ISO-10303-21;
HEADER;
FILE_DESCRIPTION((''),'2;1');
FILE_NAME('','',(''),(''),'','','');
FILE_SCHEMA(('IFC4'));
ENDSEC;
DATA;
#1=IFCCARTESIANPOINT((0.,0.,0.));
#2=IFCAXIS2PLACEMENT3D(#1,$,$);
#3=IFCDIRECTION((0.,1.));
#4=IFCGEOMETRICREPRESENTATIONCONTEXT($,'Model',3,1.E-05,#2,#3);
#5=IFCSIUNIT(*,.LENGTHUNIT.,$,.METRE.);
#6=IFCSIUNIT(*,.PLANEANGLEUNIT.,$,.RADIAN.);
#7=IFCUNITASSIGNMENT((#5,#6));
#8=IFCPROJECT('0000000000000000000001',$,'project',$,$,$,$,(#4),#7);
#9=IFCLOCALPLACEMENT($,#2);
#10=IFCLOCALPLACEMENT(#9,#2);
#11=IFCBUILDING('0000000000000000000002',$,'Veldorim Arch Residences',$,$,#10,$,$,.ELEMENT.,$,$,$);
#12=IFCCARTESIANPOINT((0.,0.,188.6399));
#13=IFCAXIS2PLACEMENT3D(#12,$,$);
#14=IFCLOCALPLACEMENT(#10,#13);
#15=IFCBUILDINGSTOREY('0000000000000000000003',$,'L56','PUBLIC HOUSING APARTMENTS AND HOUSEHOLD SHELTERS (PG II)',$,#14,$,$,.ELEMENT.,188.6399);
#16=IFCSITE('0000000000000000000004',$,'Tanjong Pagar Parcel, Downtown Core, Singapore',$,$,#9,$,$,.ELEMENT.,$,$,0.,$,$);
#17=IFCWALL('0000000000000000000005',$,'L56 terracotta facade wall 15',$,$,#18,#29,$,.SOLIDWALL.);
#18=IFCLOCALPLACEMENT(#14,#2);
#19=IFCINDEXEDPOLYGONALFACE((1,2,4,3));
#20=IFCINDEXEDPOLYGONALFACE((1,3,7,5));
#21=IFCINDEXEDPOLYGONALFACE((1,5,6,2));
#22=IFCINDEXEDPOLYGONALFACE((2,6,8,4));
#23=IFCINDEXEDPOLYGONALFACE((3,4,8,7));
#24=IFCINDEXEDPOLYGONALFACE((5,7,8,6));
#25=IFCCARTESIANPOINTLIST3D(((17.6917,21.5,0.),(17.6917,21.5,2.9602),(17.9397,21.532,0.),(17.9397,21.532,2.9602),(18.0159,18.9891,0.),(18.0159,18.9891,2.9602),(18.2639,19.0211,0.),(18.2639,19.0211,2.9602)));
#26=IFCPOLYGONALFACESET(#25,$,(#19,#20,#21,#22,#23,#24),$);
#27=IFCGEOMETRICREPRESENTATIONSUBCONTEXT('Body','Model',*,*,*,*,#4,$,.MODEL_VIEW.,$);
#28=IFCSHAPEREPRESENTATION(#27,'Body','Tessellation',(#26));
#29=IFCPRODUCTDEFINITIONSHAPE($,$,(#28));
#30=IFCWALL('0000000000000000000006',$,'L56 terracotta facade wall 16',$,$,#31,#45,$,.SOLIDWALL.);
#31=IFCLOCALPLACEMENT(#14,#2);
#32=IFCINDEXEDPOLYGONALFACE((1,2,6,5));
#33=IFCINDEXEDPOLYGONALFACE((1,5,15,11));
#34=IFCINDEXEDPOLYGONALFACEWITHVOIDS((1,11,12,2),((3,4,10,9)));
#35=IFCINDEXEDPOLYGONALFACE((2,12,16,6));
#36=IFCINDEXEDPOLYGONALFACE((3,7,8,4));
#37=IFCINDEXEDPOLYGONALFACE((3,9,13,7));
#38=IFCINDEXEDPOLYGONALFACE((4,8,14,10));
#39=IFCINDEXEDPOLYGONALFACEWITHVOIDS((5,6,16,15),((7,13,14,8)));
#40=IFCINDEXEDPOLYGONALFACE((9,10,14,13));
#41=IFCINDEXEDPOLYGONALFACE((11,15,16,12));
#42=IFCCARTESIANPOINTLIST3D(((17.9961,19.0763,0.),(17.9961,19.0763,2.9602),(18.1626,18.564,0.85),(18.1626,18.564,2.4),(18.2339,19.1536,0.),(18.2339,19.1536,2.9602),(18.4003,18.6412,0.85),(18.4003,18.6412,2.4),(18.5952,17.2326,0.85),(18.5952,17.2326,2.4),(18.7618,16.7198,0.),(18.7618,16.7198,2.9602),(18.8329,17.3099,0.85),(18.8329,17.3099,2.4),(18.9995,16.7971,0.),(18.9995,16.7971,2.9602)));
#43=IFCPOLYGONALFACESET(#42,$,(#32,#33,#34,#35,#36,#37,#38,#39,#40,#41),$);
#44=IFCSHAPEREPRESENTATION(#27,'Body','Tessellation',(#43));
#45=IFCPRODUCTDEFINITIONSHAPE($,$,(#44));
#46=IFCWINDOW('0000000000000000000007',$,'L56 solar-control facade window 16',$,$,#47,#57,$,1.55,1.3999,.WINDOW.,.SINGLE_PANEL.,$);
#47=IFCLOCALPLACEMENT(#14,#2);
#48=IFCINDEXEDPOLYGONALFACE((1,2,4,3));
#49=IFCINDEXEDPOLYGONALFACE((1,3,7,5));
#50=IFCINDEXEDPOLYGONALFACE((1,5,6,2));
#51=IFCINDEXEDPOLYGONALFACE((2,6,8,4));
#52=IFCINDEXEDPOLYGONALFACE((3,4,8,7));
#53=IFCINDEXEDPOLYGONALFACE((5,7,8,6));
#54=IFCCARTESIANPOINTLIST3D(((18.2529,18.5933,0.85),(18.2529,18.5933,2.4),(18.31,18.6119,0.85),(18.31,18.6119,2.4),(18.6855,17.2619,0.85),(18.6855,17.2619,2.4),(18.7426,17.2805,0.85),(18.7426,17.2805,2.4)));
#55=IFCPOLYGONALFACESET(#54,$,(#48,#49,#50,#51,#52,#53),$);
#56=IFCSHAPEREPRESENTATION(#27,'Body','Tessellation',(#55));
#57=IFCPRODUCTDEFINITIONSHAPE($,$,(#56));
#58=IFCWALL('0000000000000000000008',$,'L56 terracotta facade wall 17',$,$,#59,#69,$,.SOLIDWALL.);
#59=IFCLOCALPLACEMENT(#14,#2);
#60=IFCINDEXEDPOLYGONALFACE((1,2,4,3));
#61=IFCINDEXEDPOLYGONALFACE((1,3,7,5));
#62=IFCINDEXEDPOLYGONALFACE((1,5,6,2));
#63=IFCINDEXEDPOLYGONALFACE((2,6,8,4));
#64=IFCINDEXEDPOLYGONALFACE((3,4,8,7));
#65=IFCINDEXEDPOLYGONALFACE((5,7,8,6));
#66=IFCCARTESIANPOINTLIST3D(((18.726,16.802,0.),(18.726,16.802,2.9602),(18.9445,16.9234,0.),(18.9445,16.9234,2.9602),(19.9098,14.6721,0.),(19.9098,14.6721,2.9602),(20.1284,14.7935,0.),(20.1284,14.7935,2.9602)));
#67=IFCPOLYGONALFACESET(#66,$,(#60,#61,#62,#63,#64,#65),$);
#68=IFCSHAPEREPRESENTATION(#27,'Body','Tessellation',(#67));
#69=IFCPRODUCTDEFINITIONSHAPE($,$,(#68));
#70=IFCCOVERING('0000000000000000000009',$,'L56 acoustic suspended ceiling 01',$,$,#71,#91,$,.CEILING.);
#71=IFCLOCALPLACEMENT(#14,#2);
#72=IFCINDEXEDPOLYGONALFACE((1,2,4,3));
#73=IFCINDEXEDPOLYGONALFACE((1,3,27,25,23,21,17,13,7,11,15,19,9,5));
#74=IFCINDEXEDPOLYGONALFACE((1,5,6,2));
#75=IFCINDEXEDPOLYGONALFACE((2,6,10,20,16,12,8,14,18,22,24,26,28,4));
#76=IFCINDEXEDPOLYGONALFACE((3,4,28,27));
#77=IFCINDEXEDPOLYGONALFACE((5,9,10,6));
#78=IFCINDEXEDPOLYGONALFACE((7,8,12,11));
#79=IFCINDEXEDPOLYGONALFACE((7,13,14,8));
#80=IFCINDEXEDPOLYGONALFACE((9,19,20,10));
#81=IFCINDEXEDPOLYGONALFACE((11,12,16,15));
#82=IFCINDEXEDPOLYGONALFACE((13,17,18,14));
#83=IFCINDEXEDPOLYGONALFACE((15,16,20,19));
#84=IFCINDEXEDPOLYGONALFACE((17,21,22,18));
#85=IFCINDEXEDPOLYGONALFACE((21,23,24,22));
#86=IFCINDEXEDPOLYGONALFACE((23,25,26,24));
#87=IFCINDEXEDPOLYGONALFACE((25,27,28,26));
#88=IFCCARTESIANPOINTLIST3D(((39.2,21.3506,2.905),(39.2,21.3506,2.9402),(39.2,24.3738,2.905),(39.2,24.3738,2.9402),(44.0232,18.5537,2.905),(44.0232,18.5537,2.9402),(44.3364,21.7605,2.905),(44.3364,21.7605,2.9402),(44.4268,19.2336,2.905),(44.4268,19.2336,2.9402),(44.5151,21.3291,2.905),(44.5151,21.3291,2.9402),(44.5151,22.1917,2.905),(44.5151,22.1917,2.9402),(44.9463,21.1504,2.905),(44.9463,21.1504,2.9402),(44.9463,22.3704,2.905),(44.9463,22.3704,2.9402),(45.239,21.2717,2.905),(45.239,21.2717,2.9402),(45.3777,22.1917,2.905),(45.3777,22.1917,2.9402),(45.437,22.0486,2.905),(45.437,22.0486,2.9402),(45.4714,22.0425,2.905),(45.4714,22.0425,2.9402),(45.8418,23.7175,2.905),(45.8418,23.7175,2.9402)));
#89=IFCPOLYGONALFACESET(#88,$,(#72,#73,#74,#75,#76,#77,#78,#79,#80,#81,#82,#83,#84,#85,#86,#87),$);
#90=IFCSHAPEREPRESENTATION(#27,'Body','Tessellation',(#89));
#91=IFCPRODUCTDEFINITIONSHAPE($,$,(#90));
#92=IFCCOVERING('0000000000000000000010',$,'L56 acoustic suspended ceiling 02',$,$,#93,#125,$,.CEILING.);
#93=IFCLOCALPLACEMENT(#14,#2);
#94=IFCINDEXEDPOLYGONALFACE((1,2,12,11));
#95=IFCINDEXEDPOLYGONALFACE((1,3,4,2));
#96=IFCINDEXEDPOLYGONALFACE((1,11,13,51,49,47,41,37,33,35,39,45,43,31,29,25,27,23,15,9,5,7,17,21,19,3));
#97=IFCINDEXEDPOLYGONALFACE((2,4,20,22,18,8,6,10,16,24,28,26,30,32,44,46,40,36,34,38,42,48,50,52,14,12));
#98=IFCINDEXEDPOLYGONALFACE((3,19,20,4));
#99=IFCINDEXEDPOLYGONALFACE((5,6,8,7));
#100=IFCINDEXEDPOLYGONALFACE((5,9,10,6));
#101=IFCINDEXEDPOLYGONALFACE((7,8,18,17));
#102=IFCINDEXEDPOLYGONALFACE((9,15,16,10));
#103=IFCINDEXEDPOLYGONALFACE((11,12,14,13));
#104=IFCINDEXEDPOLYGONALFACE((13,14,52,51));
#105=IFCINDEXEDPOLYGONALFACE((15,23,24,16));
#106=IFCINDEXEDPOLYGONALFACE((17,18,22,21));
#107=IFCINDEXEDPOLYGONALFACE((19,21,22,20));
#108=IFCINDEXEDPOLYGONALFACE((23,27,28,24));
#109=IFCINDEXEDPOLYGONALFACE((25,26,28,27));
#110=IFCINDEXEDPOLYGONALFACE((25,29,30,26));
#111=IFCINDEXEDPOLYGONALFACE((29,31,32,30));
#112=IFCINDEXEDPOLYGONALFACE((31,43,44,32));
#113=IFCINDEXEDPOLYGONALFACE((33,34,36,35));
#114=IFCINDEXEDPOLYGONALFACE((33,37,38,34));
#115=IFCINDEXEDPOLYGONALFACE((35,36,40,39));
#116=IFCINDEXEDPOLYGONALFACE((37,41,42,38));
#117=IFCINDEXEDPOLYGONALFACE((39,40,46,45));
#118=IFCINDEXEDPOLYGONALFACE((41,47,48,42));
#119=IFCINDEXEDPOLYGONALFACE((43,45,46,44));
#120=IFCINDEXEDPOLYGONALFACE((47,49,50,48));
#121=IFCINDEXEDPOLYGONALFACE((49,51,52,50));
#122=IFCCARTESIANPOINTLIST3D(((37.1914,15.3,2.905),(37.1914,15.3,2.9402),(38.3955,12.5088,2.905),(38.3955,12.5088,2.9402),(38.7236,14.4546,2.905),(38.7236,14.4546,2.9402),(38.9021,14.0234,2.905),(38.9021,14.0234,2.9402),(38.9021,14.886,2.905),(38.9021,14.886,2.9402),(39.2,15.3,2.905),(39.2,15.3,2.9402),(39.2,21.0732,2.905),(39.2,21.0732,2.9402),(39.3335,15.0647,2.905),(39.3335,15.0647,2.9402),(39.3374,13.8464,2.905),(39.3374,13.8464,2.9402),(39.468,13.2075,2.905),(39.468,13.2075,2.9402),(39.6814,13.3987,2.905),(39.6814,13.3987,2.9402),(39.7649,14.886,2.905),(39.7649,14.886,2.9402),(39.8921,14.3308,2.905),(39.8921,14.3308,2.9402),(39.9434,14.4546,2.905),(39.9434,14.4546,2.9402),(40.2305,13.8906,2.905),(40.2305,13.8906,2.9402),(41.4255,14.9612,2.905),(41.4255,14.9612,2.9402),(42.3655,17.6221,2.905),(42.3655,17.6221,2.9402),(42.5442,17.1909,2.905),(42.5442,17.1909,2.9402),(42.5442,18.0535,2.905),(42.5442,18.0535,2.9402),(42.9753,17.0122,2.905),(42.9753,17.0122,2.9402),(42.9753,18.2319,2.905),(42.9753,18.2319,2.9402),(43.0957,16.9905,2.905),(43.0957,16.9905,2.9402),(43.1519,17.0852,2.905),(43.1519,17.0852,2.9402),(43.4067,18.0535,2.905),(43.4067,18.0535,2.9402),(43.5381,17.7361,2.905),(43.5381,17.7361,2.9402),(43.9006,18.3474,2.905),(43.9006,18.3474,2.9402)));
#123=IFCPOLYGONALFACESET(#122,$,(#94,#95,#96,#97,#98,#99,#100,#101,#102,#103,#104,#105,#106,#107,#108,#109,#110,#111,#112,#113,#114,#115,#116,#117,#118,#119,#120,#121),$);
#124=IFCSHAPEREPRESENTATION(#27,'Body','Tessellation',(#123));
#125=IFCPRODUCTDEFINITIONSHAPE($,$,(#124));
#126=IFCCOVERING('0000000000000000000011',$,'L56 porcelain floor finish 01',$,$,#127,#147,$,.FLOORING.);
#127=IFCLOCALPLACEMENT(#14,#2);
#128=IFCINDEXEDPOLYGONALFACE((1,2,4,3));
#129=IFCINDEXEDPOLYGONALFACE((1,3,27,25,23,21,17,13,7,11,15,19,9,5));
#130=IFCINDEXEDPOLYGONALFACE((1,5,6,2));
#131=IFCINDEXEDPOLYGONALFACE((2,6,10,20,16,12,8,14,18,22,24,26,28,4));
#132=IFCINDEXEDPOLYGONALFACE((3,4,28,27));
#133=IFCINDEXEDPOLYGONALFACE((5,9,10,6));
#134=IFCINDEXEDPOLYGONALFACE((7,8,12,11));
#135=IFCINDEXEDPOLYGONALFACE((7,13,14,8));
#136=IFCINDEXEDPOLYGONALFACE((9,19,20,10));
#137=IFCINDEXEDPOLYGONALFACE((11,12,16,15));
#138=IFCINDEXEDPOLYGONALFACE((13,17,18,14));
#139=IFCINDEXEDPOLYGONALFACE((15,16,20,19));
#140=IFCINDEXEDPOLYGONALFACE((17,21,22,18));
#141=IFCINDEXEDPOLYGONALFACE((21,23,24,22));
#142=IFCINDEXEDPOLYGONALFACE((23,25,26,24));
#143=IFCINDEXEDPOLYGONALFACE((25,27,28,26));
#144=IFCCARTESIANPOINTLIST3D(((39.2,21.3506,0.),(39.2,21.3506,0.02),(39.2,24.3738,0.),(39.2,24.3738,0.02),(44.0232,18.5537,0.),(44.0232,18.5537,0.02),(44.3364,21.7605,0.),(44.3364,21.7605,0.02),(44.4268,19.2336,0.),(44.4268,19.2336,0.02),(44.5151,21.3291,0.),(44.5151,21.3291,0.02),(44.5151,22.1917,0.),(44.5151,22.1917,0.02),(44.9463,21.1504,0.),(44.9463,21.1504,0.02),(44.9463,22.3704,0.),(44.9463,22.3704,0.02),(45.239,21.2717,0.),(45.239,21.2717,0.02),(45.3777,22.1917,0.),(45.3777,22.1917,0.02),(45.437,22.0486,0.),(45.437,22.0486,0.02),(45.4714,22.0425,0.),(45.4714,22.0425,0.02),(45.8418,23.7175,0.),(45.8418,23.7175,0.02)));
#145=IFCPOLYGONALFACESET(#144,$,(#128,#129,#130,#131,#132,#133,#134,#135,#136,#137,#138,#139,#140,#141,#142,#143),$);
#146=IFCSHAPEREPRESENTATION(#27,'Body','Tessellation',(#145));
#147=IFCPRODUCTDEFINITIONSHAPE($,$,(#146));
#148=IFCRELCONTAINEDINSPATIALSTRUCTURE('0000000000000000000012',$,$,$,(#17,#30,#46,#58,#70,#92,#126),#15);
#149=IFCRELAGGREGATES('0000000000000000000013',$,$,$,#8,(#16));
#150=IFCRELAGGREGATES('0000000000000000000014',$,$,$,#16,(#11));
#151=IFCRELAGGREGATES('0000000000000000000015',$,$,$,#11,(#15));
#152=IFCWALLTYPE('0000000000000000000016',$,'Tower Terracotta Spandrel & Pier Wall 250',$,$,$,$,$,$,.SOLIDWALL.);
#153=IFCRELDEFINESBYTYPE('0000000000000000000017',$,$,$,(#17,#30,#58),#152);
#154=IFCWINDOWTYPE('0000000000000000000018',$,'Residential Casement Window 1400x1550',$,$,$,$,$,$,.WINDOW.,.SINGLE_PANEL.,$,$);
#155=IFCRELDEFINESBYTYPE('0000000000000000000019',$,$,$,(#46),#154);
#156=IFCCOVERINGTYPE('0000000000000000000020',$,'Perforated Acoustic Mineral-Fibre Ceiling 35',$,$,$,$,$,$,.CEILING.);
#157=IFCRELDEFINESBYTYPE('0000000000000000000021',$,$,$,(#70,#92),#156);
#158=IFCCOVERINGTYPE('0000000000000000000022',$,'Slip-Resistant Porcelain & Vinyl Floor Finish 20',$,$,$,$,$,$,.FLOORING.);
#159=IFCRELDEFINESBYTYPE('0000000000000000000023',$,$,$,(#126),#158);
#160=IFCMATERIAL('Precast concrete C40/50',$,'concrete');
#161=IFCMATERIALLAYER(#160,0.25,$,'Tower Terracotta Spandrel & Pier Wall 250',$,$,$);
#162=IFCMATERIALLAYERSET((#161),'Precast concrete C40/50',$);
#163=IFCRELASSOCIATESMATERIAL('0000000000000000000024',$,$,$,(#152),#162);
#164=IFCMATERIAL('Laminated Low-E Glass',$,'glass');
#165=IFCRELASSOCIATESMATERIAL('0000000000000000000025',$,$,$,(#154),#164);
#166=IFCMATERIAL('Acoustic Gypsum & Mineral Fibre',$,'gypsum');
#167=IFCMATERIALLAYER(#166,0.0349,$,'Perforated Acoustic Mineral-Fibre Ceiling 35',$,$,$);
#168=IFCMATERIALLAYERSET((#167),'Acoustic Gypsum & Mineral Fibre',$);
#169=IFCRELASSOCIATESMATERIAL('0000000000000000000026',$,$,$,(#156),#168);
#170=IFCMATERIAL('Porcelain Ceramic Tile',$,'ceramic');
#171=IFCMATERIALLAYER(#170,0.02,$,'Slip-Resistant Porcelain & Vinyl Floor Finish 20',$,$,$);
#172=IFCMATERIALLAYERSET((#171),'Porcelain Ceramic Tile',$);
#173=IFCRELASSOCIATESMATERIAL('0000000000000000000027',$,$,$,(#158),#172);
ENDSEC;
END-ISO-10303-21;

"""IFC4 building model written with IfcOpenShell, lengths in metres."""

from ifc_helpers import new_model, si_unit, direction, frame, frame_2d, origin, place, context, subcontext, project, spatial, polyline, rectangle, outline, extrude, material, layer, layer_set, type_object, element, fill, save


model = new_model("IFC4")

# Units and contexts
model_context = context("Model", 3, precision=1e-05, world=origin(), true_north=direction((0.0, 1.0)))
body_context = subcontext(model_context, "Body", "Model", "MODEL_VIEW")
ifc_project = project(units=[si_unit("LENGTHUNIT", "METRE"), si_unit("PLANEANGLEUNIT", "RADIAN")], contexts=[model_context])

# Site, building, storey
site_placement = place(None, origin())
site = spatial("IfcSite", under=ifc_project, at=site_placement, Name="Tanjong Pagar Parcel, Downtown Core, Singapore", CompositionType="ELEMENT", RefElevation=0.0)
building_placement = place(site_placement, origin())
building = spatial("IfcBuilding", under=site, at=building_placement, Name="Veldorim Arch Residences", CompositionType="ELEMENT")
storey_placement = place(building_placement, frame((0.0, 0.0, 188.6399)))
storey = spatial("IfcBuildingStorey", under=building, at=storey_placement, Name="L56", Description="PUBLIC HOUSING APARTMENTS AND HOUSEHOLD SHELTERS (PG II)", CompositionType="ELEMENT", Elevation=188.6399)

# Wall
ifc_material_1 = material(Name="Precast concrete C40/50", Category="concrete")
ifc_layer_1 = layer(ifc_material_1, 0.25, Name="Tower Terracotta Spandrel & Pier Wall 250")
ifc_layer_set_1 = layer_set([ifc_layer_1], Name="Precast concrete C40/50")
wall_type_1 = type_object("IfcWallType", Name="Tower Terracotta Spandrel & Pier Wall 250", PredefinedType="SOLIDWALL", material=ifc_layer_set_1)
wall_1_placement = place(storey_placement, frame((18.1399, 19.0051, 0.0), z_axis=(0.0, 0.0, 1.0), x_axis=(-0.128057, 0.991767, 0.0)))
element("IfcWall", 1, at=wall_1_placement, inside=storey, type_object=wall_type_1, Name="L56 terracotta facade wall 15", PredefinedType="SOLIDWALL", context=body_context, shape_type="SweptSolid", body=[
    extrude(rectangle(XDim=2.5317, YDim=0.25, at=frame_2d((1.2659, 0.0))), origin(), (0.0, 0.0, 1.0), 2.9602),
])

# Wall, opening, window
wall_2_placement = place(storey_placement, frame((18.8806, 16.7585, 0.0), z_axis=(0.0, 0.0, 1.0), x_axis=(-0.309006, 0.95106, 0.0)))
wall_2 = element("IfcWall", 2, at=wall_2_placement, inside=storey, type_object=wall_type_1, Name="L56 terracotta facade wall 16", PredefinedType="SOLIDWALL", context=body_context, shape_type="SweptSolid", body=[
    extrude(rectangle(XDim=2.4778, YDim=0.25, at=frame_2d((1.2388, 0.0))), origin(), (0.0, 0.0, 1.0), 2.9602),
])
opening_1_placement = place(wall_2_placement, frame((0.5391, 0.0, 0.8501)))
opening_1 = element("IfcOpeningElement", 3, at=opening_1_placement, cuts=wall_2, PredefinedType="OPENING", context=body_context, shape_type="SweptSolid", body=[
    extrude(rectangle(XDim=1.3999, YDim=1.55, at=frame_2d((0.7, 0.7749))), frame((0.0, 0.135, 0.0), z_axis=(0.0, -1.0, 0.0), x_axis=(1.0, 0.0, 0.0)), (0.0, 0.0, 1.0), 0.27),
])
ifc_material_2 = material(Name="Laminated Low-E Glass", Category="glass")
window_type = type_object("IfcWindowType", Name="Residential Casement Window 1400x1550", PartitioningType="SINGLE_PANEL", PredefinedType="WINDOW", material=ifc_material_2)
window_placement = place(opening_1_placement, origin())
window = element("IfcWindow", 4, at=window_placement, inside=storey, type_object=window_type, Name="L56 solar-control facade window 16", OverallHeight=1.55, OverallWidth=1.3999, PartitioningType="SINGLE_PANEL", PredefinedType="WINDOW", context=body_context, shape_type="SweptSolid", body=[
    extrude(rectangle(XDim=1.3999, YDim=1.55, at=frame_2d((0.7, 0.7749))), frame((0.0, 0.03, 0.0), z_axis=(0.0, -1.0, 0.0), x_axis=(1.0, 0.0, 0.0)), (0.0, 0.0, 1.0), 0.0601),
])
fill(opening_1, window)

# Wall
wall_3_placement = place(storey_placement, frame((20.019, 14.7329, 0.0), z_axis=(0.0, 0.0, 1.0), x_axis=(-0.485822, 0.874058, 0.0)))
element("IfcWall", 5, at=wall_3_placement, inside=storey, type_object=wall_type_1, Name="L56 terracotta facade wall 17", PredefinedType="SOLIDWALL", context=body_context, shape_type="SweptSolid", body=[
    extrude(rectangle(XDim=2.4368, YDim=0.25, at=frame_2d((1.2183, 0.0))), origin(), (0.0, 0.0, 1.0), 2.9602),
])

# Coverings
ifc_material_3 = material(Name="Acoustic Gypsum & Mineral Fibre", Category="gypsum")
ifc_layer_2 = layer(ifc_material_3, 0.0349, Name="Perforated Acoustic Mineral-Fibre Ceiling 35")
ifc_layer_set_2 = layer_set([ifc_layer_2], Name="Acoustic Gypsum & Mineral Fibre")
covering_type_1 = type_object("IfcCoveringType", Name="Perforated Acoustic Mineral-Fibre Ceiling 35", PredefinedType="CEILING", material=ifc_layer_set_2)
covering_1_placement = place(storey_placement, frame((0.0, 0.0, 2.905)))
element("IfcCovering", 6, at=covering_1_placement, inside=storey, type_object=covering_type_1, Name="L56 acoustic suspended ceiling 01", PredefinedType="CEILING", context=body_context, shape_type="SweptSolid", body=[
    extrude(outline(polyline([(44.4268, 19.2336), (44.0232, 18.5537), (39.2, 21.3506), (39.2, 24.3738), (45.8418, 23.7175), (45.4714, 22.0425), (45.437, 22.0486), (45.3777, 22.1917), (44.9463, 22.3704), (44.5151, 22.1917), (44.3364, 21.7605), (44.5151, 21.3291), (44.9463, 21.1504), (45.239, 21.2717), (44.4268, 19.2336)])), origin(), (0.0, 0.0, 1.0), 0.0352),
])
covering_2_placement = place(storey_placement, frame((0.0, 0.0, 2.905)))
element("IfcCovering", 7, at=covering_2_placement, inside=storey, type_object=covering_type_1, Name="L56 acoustic suspended ceiling 02", PredefinedType="CEILING", context=body_context, shape_type="SweptSolid", body=[
    extrude(outline(polyline([(39.6814, 13.3987), (39.468, 13.2075), (38.3955, 12.5088), (37.1914, 15.3), (39.2, 15.3), (39.2, 21.0732), (43.9006, 18.3474), (43.5381, 17.7361), (43.4067, 18.0535), (42.9753, 18.2319), (42.5442, 18.0535), (42.3655, 17.6221), (42.5442, 17.1909), (42.9753, 17.0122), (43.1519, 17.0852), (43.0957, 16.9905), (41.4255, 14.9612), (40.2305, 13.8906), (39.8921, 14.3308), (39.9434, 14.4546), (39.7649, 14.886), (39.3335, 15.0647), (38.9021, 14.886), (38.7236, 14.4546), (38.9021, 14.0234), (39.3374, 13.8464), (39.6814, 13.3987)])), origin(), (0.0, 0.0, 1.0), 0.0352),
])
ifc_material_4 = material(Name="Porcelain Ceramic Tile", Category="ceramic")
ifc_layer_3 = layer(ifc_material_4, 0.02, Name="Slip-Resistant Porcelain & Vinyl Floor Finish 20")
ifc_layer_set_3 = layer_set([ifc_layer_3], Name="Porcelain Ceramic Tile")
covering_type_2 = type_object("IfcCoveringType", Name="Slip-Resistant Porcelain & Vinyl Floor Finish 20", PredefinedType="FLOORING", material=ifc_layer_set_3)
covering_3_placement = place(storey_placement, origin())
element("IfcCovering", 8, at=covering_3_placement, inside=storey, type_object=covering_type_2, Name="L56 porcelain floor finish 01", PredefinedType="FLOORING", context=body_context, shape_type="SweptSolid", body=[
    extrude(outline(polyline([(44.4268, 19.2336), (44.0232, 18.5537), (39.2, 21.3506), (39.2, 24.3738), (45.8418, 23.7175), (45.4714, 22.0425), (45.437, 22.0486), (45.3777, 22.1917), (44.9463, 22.3704), (44.5151, 22.1917), (44.3364, 21.7605), (44.5151, 21.3291), (44.9463, 21.1504), (45.239, 21.2717), (44.4268, 19.2336)])), origin(), (0.0, 0.0, 1.0), 0.02),
])

save(model, "model.ifc")
